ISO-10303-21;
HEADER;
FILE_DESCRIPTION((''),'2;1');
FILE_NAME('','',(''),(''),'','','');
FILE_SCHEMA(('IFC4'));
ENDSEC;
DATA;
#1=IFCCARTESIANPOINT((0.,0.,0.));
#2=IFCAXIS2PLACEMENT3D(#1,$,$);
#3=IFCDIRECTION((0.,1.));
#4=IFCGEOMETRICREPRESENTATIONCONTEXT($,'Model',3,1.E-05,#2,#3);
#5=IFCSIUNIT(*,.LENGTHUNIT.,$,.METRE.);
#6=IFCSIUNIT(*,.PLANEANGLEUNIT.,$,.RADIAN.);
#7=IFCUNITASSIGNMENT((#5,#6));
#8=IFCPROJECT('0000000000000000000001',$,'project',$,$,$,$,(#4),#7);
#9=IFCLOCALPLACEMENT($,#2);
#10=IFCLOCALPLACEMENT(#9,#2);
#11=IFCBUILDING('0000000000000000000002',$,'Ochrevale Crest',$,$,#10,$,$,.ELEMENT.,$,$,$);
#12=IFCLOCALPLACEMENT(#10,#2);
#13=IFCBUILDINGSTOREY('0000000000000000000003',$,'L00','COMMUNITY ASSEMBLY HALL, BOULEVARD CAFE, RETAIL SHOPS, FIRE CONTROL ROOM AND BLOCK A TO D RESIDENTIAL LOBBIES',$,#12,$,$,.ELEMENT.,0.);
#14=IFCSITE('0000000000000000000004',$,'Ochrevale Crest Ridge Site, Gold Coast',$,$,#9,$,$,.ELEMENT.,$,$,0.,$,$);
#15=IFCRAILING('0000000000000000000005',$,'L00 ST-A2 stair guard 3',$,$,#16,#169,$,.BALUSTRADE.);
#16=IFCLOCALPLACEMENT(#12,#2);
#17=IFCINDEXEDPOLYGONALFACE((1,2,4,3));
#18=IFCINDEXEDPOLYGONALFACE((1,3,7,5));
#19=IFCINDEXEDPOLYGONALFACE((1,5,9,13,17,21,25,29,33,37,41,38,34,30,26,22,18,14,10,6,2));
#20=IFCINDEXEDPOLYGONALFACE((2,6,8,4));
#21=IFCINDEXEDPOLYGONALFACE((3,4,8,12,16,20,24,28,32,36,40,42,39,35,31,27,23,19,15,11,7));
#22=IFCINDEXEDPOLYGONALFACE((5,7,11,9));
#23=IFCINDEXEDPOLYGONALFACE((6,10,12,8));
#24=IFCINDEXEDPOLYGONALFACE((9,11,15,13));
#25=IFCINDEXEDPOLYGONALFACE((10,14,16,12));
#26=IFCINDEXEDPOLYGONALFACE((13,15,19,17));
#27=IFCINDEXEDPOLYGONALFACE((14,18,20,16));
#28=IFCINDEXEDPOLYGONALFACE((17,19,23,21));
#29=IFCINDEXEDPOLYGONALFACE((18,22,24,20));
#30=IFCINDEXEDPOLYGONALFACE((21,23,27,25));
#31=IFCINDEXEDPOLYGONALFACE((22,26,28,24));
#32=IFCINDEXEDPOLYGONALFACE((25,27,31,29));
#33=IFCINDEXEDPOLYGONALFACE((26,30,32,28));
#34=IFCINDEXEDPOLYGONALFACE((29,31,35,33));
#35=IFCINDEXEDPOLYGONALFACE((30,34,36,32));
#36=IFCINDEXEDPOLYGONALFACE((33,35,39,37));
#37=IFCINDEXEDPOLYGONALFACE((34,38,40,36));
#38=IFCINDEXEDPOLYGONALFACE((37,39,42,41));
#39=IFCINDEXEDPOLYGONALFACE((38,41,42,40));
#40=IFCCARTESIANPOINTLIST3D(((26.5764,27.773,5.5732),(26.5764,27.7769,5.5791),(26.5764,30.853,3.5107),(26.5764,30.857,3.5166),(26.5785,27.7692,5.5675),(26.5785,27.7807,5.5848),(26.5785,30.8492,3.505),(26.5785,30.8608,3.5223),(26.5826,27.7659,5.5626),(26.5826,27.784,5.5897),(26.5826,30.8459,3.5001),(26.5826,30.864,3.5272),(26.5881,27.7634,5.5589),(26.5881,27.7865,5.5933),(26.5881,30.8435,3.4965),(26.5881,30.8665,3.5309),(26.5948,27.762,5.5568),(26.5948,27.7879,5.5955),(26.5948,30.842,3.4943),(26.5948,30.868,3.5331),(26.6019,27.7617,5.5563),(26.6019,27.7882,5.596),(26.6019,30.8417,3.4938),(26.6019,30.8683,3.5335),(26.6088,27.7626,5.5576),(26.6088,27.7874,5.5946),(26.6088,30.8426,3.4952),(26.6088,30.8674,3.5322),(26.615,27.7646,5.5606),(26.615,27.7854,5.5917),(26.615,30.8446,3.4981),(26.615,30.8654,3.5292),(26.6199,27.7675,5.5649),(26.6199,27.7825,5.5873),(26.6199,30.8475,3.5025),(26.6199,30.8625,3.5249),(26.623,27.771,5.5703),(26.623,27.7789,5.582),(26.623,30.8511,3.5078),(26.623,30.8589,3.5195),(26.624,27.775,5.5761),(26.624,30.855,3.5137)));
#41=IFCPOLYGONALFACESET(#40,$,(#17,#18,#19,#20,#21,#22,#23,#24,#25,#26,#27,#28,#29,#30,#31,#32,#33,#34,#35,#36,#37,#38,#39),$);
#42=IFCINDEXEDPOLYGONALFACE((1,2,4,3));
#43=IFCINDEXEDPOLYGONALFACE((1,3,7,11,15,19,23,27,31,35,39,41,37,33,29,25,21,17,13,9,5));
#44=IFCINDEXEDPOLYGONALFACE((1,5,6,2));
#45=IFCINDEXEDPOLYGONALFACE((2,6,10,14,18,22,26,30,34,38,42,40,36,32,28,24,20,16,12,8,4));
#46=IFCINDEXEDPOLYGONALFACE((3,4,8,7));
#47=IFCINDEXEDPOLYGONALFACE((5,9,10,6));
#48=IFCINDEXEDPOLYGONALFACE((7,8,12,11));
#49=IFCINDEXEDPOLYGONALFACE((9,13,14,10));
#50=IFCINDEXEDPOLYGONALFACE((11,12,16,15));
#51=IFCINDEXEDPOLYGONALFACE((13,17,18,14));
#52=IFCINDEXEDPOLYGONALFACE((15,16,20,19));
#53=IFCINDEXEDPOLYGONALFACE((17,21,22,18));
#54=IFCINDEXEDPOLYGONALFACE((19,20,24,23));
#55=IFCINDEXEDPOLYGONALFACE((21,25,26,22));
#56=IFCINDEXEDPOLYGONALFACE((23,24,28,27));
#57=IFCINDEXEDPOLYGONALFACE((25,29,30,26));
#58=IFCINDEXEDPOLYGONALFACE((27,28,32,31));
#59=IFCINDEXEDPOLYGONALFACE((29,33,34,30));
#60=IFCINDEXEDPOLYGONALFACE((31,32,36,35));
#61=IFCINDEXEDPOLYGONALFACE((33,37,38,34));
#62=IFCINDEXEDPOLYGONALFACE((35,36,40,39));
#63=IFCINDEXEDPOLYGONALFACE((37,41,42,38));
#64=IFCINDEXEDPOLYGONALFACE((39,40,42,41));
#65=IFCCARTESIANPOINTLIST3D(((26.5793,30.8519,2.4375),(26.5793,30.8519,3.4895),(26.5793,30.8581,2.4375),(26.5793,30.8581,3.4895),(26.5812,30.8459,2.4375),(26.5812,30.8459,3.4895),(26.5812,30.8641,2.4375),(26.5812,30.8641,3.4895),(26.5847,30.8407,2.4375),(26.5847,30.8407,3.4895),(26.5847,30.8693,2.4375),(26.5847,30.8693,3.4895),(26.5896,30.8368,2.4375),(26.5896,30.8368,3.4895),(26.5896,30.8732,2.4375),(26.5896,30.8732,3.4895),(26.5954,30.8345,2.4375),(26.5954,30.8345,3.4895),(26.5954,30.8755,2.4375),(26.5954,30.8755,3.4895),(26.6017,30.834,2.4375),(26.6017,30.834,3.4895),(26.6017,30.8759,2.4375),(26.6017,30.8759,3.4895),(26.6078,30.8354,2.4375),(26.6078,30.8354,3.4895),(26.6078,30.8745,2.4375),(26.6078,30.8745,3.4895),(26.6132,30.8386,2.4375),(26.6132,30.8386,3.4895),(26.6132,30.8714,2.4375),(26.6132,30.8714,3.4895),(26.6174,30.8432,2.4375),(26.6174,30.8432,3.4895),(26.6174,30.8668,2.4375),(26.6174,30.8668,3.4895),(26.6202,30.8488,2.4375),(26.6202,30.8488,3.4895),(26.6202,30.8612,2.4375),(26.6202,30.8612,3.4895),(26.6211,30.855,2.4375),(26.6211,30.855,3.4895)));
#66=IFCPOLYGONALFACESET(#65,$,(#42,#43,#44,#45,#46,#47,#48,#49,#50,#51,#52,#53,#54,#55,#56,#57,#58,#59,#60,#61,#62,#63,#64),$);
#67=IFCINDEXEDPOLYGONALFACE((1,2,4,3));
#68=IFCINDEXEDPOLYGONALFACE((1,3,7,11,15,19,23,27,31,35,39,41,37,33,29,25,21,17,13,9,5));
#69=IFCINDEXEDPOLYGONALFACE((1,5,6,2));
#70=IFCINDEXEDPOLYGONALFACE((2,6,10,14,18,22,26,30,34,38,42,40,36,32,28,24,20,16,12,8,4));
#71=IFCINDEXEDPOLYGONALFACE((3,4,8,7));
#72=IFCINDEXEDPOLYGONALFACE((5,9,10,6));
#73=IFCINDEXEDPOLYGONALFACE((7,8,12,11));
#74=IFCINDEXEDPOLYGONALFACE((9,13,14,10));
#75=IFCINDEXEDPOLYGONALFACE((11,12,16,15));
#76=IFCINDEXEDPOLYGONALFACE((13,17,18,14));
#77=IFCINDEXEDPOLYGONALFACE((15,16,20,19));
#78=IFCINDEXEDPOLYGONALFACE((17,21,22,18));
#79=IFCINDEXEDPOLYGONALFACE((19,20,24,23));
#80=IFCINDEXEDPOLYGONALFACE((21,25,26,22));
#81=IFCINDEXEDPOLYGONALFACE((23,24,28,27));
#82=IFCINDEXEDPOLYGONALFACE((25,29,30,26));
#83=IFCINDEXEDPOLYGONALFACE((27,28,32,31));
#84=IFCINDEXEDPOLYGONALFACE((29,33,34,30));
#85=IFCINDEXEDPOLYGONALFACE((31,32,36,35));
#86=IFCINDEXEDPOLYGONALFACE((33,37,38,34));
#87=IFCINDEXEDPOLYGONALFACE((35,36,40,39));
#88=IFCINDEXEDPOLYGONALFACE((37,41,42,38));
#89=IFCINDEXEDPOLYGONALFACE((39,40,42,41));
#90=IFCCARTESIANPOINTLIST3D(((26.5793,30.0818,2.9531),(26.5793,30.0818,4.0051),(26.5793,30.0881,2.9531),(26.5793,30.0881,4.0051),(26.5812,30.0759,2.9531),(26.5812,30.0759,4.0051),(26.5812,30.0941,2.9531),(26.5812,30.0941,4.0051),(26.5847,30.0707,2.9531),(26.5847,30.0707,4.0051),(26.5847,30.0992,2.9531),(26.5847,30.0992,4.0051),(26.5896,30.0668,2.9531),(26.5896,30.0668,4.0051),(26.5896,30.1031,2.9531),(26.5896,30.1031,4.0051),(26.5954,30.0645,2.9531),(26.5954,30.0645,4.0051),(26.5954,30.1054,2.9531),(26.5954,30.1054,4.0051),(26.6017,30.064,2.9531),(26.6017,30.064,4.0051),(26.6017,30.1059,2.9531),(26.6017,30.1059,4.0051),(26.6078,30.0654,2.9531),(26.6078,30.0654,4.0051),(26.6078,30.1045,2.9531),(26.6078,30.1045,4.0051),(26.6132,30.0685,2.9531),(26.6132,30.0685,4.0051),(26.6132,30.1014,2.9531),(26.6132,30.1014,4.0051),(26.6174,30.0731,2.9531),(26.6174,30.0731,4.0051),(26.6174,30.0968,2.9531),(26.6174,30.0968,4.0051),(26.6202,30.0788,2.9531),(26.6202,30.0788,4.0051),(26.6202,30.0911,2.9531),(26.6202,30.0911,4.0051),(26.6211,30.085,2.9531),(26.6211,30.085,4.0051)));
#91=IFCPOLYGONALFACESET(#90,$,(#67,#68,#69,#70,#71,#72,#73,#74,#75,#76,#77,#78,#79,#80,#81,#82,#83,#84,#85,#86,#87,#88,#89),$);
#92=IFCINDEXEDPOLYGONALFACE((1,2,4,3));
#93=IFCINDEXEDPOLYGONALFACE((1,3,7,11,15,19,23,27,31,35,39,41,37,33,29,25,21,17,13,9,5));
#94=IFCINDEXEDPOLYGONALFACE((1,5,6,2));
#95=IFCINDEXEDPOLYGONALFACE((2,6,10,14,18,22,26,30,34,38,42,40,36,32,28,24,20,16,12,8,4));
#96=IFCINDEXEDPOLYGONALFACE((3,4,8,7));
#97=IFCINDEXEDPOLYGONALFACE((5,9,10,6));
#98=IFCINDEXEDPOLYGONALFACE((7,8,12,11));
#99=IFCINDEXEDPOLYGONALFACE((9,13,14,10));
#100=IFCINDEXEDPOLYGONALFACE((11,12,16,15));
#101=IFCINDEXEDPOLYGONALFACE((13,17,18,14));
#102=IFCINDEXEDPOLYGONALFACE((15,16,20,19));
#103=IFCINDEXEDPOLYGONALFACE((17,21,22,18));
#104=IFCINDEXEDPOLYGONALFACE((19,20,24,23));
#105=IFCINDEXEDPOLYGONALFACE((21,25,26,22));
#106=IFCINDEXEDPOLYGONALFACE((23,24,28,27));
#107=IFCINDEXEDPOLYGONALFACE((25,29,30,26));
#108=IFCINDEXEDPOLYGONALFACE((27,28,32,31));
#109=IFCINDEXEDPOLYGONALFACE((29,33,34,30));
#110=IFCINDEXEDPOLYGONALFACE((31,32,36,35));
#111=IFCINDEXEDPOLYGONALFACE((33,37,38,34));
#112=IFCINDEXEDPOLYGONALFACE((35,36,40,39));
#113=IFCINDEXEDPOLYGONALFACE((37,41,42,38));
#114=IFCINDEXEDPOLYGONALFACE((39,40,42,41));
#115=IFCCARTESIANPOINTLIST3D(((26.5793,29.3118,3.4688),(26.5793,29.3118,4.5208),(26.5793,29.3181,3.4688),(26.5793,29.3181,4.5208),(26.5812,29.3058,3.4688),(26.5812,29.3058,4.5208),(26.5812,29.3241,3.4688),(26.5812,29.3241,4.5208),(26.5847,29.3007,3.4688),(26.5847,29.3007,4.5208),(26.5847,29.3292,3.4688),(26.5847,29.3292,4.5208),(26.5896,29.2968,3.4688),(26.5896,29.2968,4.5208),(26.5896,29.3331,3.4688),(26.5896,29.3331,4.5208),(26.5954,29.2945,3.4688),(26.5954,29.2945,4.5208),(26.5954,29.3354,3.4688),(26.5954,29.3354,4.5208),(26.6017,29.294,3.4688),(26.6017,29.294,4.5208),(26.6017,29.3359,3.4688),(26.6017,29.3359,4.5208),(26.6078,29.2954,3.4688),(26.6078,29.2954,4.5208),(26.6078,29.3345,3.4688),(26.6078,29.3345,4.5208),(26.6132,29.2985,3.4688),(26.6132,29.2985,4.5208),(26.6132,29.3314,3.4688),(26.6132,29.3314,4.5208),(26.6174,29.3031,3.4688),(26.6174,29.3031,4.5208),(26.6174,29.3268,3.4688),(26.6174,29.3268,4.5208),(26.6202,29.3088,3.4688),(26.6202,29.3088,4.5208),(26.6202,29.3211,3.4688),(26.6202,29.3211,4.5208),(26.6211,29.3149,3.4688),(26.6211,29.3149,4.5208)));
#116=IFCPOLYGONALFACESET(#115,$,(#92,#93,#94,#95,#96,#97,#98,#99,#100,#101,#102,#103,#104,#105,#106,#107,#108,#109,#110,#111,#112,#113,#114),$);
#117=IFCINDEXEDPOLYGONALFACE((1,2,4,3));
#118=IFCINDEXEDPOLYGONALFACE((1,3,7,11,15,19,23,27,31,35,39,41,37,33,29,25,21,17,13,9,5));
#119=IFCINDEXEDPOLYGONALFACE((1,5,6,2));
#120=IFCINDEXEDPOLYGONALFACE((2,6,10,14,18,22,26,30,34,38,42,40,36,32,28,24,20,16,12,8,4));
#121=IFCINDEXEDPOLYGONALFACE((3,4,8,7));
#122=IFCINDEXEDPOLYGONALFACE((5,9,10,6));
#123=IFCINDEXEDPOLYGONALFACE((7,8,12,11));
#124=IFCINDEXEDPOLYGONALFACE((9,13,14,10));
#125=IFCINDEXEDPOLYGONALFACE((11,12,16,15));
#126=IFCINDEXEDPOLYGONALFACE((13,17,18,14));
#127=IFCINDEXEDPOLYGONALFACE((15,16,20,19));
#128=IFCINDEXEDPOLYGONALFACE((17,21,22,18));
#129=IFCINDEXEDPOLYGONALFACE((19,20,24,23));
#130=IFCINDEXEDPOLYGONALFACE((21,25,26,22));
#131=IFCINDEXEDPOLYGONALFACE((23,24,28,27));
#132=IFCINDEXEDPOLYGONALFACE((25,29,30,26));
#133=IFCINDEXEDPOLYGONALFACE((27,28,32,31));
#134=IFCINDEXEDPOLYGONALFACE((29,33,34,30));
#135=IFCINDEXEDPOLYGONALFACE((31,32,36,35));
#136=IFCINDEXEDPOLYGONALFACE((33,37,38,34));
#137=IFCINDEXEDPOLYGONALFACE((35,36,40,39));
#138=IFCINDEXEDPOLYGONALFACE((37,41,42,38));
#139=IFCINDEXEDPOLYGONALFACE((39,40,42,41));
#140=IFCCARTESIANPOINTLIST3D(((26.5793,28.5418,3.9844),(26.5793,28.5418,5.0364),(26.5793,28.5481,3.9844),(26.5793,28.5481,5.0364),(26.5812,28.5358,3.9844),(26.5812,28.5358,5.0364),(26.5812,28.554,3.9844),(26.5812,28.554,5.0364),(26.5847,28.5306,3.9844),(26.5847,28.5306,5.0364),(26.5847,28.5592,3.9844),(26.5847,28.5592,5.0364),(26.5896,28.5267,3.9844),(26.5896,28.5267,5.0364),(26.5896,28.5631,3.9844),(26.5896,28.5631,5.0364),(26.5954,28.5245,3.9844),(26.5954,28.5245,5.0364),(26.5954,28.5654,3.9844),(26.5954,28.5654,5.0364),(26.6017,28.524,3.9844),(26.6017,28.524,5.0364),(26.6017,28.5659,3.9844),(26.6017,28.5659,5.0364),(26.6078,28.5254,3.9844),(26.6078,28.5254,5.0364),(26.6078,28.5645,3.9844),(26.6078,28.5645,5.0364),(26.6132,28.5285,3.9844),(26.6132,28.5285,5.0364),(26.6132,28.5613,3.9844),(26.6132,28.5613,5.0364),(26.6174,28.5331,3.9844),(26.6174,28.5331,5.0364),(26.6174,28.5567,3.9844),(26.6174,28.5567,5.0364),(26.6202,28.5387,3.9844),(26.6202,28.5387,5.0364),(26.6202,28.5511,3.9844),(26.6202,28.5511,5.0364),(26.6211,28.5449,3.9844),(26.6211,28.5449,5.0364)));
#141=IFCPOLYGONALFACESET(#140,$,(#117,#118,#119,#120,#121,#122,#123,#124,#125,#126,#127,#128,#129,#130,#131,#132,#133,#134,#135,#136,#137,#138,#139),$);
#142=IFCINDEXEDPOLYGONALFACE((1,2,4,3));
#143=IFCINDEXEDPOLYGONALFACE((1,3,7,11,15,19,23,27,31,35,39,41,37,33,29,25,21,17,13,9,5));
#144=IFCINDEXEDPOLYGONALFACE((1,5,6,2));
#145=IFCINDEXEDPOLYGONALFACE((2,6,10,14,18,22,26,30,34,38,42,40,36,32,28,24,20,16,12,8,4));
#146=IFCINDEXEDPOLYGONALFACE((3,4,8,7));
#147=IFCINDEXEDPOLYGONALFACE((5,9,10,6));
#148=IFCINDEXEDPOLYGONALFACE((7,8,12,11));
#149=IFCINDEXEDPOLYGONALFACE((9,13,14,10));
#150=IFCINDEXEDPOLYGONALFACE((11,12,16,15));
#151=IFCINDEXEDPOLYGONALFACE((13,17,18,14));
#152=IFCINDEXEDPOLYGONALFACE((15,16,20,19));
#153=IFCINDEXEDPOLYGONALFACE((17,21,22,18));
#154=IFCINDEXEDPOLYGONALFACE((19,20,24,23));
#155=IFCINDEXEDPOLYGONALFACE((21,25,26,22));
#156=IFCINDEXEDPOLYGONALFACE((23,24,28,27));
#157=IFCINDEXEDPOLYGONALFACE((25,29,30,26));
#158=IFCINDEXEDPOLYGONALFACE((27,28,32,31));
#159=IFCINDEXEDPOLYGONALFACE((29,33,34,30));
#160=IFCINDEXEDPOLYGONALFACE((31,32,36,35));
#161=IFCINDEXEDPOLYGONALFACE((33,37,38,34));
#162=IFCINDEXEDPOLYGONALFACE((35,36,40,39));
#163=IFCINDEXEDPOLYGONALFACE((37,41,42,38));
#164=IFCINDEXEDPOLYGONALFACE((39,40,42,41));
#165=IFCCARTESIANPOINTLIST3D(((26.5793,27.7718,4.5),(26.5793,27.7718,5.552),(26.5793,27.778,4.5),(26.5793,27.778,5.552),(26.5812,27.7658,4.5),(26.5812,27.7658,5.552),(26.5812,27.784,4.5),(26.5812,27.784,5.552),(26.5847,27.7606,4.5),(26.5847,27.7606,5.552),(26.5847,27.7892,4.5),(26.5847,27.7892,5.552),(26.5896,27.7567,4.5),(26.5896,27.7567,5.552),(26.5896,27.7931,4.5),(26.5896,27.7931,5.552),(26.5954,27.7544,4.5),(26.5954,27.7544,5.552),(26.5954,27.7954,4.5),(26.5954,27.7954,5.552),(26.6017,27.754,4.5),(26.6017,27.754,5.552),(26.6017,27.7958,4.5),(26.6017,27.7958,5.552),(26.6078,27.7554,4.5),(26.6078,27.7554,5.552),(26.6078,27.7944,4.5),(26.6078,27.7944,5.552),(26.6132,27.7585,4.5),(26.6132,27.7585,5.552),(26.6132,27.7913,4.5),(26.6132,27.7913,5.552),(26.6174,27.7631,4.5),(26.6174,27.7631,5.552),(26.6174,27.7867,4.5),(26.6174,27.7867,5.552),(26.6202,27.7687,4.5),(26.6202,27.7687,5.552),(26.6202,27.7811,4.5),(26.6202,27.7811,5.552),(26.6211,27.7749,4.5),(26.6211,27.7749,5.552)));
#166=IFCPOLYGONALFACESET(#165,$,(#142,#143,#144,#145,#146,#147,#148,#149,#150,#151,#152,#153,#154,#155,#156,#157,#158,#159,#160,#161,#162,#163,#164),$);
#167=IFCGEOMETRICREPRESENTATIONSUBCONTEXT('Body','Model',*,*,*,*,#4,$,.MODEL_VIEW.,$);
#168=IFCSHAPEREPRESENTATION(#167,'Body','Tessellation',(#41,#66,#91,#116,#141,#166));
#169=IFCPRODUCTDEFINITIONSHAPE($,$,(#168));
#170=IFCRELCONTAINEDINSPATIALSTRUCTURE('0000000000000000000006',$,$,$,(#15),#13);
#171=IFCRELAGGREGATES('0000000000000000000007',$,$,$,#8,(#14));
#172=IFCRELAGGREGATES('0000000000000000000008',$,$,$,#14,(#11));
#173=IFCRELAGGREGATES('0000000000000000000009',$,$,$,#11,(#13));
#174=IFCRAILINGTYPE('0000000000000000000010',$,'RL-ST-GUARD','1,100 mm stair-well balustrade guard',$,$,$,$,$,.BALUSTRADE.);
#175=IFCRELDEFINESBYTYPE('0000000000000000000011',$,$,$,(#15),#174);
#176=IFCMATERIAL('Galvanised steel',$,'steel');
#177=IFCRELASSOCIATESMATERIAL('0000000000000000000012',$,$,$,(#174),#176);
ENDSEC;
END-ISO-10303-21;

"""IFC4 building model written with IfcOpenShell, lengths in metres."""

from ifc_helpers import new_model, si_unit, direction, frame, origin, origin_2d, place, context, subcontext, project, spatial, circle, extrude, material, type_object, element, save


model = new_model("IFC4")

# Units and contexts
model_context = context("Model", 3, precision=1e-05, world=origin(), true_north=direction((0.0, 1.0)))
body_context = subcontext(model_context, "Body", "Model", "MODEL_VIEW")
ifc_project = project(units=[si_unit("LENGTHUNIT", "METRE"), si_unit("PLANEANGLEUNIT", "RADIAN")], contexts=[model_context])

# Site, building, storey
site_placement = place(None, origin())
site = spatial("IfcSite", under=ifc_project, at=site_placement, Name="Ochrevale Crest Ridge Site, Gold Coast", CompositionType="ELEMENT", RefElevation=0.0)
building_placement = place(site_placement, origin())
building = spatial("IfcBuilding", under=site, at=building_placement, Name="Ochrevale Crest", CompositionType="ELEMENT")
storey_placement = place(building_placement, origin())
storey = spatial("IfcBuildingStorey", under=building, at=storey_placement, Name="L00", Description="COMMUNITY ASSEMBLY HALL, BOULEVARD CAFE, RETAIL SHOPS, FIRE CONTROL ROOM AND BLOCK A TO D RESIDENTIAL LOBBIES", CompositionType="ELEMENT", Elevation=0.0)

# Railing
ifc_material_1 = material(Name="Galvanised steel", Category="steel")
railing_type_1 = type_object("IfcRailingType", Name="RL-ST-GUARD", Description="1,100 mm stair-well balustrade guard", PredefinedType="BALUSTRADE", material=ifc_material_1)
railing_1_placement = place(storey_placement, frame((26.6001, 30.855, 2.4375)))
element("IfcRailing", 1, at=railing_1_placement, inside=storey, type_object=railing_type_1, Name="L00 ST-A2 stair guard 3", PredefinedType="BALUSTRADE", context=body_context, shape_type="SweptSolid", body=[
    extrude(circle(Radius=0.0239, at=origin_2d()), frame((0.0, 0.0, 1.0762), z_axis=(0.0, -0.830914, 0.556401), x_axis=(1.0, 0.0, 0.0)), (0.0, 0.0, 1.0), 3.7068),
    extrude(circle(Radius=0.021, at=origin_2d()), origin(), (0.0, 0.0, 1.0), 1.052),
    extrude(circle(Radius=0.021, at=origin_2d()), frame((0.0, -0.77, 0.5156)), (0.0, 0.0, 1.0), 1.052),
    extrude(circle(Radius=0.021, at=origin_2d()), frame((0.0, -1.54, 1.0312)), (0.0, 0.0, 1.0), 1.052),
    extrude(circle(Radius=0.021, at=origin_2d()), frame((0.0, -2.3101, 1.5469)), (0.0, 0.0, 1.0), 1.052),
    extrude(circle(Radius=0.021, at=origin_2d()), frame((0.0, -3.0801, 2.0625)), (0.0, 0.0, 1.0), 1.052),
])

save(model, "model.ifc")
